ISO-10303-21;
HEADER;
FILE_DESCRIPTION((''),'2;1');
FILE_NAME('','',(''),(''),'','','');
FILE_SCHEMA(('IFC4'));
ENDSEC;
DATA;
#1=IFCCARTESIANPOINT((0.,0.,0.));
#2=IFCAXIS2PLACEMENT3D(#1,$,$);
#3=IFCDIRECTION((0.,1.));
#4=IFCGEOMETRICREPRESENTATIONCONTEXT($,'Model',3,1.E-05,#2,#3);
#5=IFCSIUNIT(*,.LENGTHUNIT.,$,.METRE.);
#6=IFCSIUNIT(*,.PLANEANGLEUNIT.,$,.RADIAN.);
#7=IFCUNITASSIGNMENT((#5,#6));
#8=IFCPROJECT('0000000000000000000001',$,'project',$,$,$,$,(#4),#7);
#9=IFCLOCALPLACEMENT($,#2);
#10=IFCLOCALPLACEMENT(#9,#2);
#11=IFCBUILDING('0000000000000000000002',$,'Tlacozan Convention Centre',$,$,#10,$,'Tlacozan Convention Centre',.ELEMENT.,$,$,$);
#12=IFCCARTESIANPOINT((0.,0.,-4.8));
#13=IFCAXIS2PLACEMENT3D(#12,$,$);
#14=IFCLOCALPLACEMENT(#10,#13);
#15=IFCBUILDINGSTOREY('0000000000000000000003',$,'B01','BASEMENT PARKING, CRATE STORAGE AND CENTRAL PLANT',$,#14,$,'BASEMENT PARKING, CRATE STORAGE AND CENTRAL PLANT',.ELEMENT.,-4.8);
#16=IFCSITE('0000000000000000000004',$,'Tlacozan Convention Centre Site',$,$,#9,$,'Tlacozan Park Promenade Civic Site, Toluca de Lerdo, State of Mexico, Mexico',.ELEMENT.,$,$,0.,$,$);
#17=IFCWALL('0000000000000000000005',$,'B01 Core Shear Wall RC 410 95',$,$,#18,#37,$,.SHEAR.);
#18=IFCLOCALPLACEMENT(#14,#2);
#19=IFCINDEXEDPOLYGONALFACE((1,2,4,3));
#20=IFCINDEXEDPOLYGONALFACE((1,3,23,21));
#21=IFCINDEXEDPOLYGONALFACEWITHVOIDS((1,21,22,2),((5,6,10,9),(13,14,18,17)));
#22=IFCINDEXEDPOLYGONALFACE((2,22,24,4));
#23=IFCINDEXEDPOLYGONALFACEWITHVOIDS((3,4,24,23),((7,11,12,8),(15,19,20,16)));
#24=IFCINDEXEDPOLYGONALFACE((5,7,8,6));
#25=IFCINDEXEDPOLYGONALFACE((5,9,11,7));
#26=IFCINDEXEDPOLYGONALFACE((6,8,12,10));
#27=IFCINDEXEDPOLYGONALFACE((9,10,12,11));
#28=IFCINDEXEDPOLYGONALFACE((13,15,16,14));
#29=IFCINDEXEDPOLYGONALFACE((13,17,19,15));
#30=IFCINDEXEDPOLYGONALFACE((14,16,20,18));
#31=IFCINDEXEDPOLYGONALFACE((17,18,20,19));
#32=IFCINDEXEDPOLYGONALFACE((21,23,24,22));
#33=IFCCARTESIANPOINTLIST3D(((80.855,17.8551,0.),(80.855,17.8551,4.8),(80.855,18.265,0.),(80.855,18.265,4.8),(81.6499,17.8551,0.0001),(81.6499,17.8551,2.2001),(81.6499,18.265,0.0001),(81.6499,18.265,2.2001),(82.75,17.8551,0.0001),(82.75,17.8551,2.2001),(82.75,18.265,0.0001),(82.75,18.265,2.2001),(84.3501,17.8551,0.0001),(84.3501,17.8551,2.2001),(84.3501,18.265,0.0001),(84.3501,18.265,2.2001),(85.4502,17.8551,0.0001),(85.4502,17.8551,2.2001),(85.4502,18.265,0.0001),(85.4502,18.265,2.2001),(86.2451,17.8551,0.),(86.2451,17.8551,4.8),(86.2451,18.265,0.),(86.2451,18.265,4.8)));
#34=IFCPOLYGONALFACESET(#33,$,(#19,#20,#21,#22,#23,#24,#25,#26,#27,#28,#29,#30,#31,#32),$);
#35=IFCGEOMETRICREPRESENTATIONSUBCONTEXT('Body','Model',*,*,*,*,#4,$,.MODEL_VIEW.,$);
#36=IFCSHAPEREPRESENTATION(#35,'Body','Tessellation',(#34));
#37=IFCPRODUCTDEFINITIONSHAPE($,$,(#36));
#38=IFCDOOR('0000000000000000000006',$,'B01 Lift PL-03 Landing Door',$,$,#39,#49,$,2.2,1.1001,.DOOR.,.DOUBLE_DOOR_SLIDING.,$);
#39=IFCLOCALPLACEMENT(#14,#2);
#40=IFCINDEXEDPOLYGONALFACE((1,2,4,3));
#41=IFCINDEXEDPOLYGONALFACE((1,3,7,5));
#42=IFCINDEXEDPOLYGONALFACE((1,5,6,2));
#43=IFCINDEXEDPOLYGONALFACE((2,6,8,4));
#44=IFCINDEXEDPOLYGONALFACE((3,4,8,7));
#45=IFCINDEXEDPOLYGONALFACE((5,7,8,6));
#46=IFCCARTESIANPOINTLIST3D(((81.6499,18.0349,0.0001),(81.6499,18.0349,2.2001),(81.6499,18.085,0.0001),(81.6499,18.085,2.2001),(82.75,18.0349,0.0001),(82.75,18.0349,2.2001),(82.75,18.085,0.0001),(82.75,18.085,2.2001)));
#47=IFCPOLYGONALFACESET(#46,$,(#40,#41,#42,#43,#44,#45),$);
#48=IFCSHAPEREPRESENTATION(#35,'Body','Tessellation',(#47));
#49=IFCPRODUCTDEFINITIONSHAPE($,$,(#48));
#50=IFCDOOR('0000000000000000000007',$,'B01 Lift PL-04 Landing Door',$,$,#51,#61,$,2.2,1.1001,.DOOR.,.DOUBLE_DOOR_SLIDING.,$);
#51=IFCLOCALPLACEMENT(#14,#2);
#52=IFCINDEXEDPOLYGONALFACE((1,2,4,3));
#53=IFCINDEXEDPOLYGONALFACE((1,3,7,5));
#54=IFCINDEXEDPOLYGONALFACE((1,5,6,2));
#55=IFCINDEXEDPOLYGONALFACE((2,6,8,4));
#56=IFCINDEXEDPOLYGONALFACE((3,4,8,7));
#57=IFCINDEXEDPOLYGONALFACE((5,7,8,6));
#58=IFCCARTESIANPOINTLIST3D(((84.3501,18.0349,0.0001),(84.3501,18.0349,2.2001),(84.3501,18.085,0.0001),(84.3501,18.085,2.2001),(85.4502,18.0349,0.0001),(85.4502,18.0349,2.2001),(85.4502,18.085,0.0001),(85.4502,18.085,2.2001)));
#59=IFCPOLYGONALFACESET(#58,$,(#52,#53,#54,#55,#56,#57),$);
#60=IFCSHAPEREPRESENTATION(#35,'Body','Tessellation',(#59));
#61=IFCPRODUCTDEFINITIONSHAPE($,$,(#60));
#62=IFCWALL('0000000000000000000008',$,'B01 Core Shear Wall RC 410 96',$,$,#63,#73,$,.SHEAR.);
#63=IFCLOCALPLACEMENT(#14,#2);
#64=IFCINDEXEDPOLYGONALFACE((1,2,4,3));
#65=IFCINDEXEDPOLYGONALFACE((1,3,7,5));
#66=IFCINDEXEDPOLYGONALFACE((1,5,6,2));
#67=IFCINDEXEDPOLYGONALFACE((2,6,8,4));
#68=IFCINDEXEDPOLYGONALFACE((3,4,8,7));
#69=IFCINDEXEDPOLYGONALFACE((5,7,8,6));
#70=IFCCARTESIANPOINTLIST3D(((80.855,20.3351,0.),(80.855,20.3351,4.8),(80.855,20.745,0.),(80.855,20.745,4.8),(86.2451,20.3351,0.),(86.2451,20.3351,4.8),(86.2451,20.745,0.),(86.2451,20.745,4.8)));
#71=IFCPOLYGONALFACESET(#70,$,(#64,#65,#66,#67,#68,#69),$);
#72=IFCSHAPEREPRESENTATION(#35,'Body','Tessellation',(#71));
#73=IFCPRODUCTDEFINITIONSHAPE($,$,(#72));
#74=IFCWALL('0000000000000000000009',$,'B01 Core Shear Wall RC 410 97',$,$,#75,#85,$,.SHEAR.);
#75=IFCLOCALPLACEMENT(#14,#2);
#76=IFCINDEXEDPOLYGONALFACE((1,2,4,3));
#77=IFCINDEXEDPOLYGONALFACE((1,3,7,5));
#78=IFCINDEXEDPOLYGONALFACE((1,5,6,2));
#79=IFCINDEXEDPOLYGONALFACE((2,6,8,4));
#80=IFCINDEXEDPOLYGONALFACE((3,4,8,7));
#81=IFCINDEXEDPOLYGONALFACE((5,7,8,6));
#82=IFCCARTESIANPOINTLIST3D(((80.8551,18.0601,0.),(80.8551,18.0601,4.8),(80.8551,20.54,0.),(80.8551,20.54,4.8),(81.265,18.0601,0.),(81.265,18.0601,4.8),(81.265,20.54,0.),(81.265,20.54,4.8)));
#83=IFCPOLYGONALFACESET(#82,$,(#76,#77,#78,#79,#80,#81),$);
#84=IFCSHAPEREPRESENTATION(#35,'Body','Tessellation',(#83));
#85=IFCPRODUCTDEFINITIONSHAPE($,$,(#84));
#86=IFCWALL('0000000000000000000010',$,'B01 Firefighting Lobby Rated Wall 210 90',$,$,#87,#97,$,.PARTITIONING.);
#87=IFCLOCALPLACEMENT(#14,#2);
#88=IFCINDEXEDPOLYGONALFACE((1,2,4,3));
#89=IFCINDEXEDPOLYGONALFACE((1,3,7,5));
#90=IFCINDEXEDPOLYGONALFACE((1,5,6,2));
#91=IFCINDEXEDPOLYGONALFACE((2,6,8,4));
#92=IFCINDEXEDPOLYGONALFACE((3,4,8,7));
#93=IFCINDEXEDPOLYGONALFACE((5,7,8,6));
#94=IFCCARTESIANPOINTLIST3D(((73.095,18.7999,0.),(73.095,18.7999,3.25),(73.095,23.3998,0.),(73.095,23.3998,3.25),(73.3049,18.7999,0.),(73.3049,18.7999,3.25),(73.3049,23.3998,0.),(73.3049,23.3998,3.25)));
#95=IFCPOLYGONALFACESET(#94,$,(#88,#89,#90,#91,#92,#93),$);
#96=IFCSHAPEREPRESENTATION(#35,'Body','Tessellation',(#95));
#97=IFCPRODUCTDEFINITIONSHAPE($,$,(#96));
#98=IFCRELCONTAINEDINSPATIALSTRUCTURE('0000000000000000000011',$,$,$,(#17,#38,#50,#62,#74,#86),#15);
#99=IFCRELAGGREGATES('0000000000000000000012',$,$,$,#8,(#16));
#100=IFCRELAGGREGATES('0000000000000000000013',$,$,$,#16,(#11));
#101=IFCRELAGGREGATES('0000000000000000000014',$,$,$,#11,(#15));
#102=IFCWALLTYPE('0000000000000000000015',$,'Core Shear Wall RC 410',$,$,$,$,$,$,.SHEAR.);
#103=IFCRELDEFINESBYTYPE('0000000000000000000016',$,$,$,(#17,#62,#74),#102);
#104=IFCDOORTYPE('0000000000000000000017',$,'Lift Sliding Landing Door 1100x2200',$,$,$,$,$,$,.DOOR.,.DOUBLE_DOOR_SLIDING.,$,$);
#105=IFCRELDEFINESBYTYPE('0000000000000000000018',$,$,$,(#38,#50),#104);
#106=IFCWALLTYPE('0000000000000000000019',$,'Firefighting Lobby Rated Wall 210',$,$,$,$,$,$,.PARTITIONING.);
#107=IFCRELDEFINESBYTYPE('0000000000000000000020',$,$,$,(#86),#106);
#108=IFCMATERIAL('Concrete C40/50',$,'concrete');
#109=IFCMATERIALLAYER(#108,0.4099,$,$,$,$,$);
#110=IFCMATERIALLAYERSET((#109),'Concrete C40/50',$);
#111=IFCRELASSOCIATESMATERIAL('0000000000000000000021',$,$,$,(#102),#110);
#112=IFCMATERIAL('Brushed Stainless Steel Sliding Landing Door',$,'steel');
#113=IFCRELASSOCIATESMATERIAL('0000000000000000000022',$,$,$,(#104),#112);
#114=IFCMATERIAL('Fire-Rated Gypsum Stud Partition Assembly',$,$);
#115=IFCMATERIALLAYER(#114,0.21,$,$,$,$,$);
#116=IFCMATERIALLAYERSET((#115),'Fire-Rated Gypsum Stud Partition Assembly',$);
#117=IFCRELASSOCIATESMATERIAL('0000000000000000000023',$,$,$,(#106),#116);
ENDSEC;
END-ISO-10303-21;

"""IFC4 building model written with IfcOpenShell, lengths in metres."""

from ifc_helpers import new_model, si_unit, direction, frame, frame_2d, origin, place, context, subcontext, project, spatial, rectangle, extrude, material, layer, layer_set, type_object, element, fill, save


model = new_model("IFC4")

# Units and contexts
model_context = context("Model", 3, precision=1e-05, world=origin(), true_north=direction((0.0, 1.0)))
body_context = subcontext(model_context, "Body", "Model", "MODEL_VIEW")
ifc_project = project(units=[si_unit("LENGTHUNIT", "METRE"), si_unit("PLANEANGLEUNIT", "RADIAN")], contexts=[model_context])

# Site, building, storey
site_placement = place(None, origin())
site = spatial("IfcSite", under=ifc_project, at=site_placement, Name="Tlacozan Convention Centre Site", LongName="Tlacozan Park Promenade Civic Site, Toluca de Lerdo, State of Mexico, Mexico", CompositionType="ELEMENT", RefElevation=0.0)
building_placement = place(site_placement, origin())
building = spatial("IfcBuilding", under=site, at=building_placement, Name="Tlacozan Convention Centre", LongName="Tlacozan Convention Centre", CompositionType="ELEMENT")
storey_placement = place(building_placement, frame((0.0, 0.0, -4.8)))
storey = spatial("IfcBuildingStorey", under=building, at=storey_placement, Name="B01", Description="BASEMENT PARKING, CRATE STORAGE AND CENTRAL PLANT", LongName="BASEMENT PARKING, CRATE STORAGE AND CENTRAL PLANT", CompositionType="ELEMENT", Elevation=-4.8)

# Shared definitions
ifc_material_1 = material(Name="Concrete C40/50", Category="concrete")

# Wall, openings, doors
ifc_layer_1 = layer(ifc_material_1, 0.4099)
ifc_layer_set_1 = layer_set([ifc_layer_1], Name="Concrete C40/50")
wall_type_1 = type_object("IfcWallType", Name="Core Shear Wall RC 410", PredefinedType="SHEAR", material=ifc_layer_set_1)
wall_1_placement = place(storey_placement, frame((80.855, 18.0601, 0.0), z_axis=(0.0, 0.0, 1.0), x_axis=(1.0, 0.0, 0.0)))
wall_1 = element("IfcWall", 1, at=wall_1_placement, inside=storey, type_object=wall_type_1, Name="B01 Core Shear Wall RC 410 95", PredefinedType="SHEAR", context=body_context, shape_type="SweptSolid", body=[
    extrude(rectangle(XDim=5.3901, YDim=0.4099, at=frame_2d((2.6951, 0.0))), origin(), (0.0, 0.0, 1.0), 4.8),
])
opening_1_placement = place(wall_1_placement, frame((0.7949, 0.0, 0.0)))
opening_1 = element("IfcOpeningElement", 2, at=opening_1_placement, cuts=wall_1, PredefinedType="OPENING", context=body_context, shape_type="SweptSolid", body=[
    extrude(rectangle(XDim=1.1001, YDim=2.2, at=frame_2d((0.55, 1.1001))), frame((0.0, 0.2148, 0.0), z_axis=(0.0, -1.0, 0.0), x_axis=(1.0, 0.0, 0.0)), (0.0, 0.0, 1.0), 0.4299),
])
opening_2_placement = place(wall_1_placement, frame((3.4951, 0.0, 0.0)))
opening_2 = element("IfcOpeningElement", 3, at=opening_2_placement, cuts=wall_1, PredefinedType="OPENING", context=body_context, shape_type="SweptSolid", body=[
    extrude(rectangle(XDim=1.1001, YDim=2.2, at=frame_2d((0.55, 1.1001))), frame((0.0, 0.2148, 0.0), z_axis=(0.0, -1.0, 0.0), x_axis=(1.0, 0.0, 0.0)), (0.0, 0.0, 1.0), 0.4299),
])
ifc_material_2 = material(Name="Brushed Stainless Steel Sliding Landing Door", Category="steel")
door_type_1 = type_object("IfcDoorType", Name="Lift Sliding Landing Door 1100x2200", OperationType="DOUBLE_DOOR_SLIDING", PredefinedType="DOOR", material=ifc_material_2)
door_1_placement = place(opening_1_placement, origin())
door_1 = element("IfcDoor", 4, at=door_1_placement, inside=storey, type_object=door_type_1, Name="B01 Lift PL-03 Landing Door", OperationType="DOUBLE_DOOR_SLIDING", OverallHeight=2.2, OverallWidth=1.1001, PredefinedType="DOOR", context=body_context, shape_type="SweptSolid", body=[
    extrude(rectangle(XDim=1.1001, YDim=2.2, at=frame_2d((0.55, 1.1001))), frame((0.0, 0.0249, 0.0), z_axis=(0.0, -1.0, 0.0), x_axis=(1.0, 0.0, 0.0)), (0.0, 0.0, 1.0), 0.05),
])
fill(opening_1, door_1)
door_2_placement = place(opening_2_placement, origin())
door_2 = element("IfcDoor", 5, at=door_2_placement, inside=storey, type_object=door_type_1, Name="B01 Lift PL-04 Landing Door", OperationType="DOUBLE_DOOR_SLIDING", OverallHeight=2.2, OverallWidth=1.1001, PredefinedType="DOOR", context=body_context, shape_type="SweptSolid", body=[
    extrude(rectangle(XDim=1.1001, YDim=2.2, at=frame_2d((0.55, 1.1001))), frame((0.0, 0.0249, 0.0), z_axis=(0.0, -1.0, 0.0), x_axis=(1.0, 0.0, 0.0)), (0.0, 0.0, 1.0), 0.05),
])
fill(opening_2, door_2)

# Walls
wall_2_placement = place(storey_placement, frame((80.855, 20.54, 0.0), z_axis=(0.0, 0.0, 1.0), x_axis=(1.0, 0.0, 0.0)))
element("IfcWall", 6, at=wall_2_placement, inside=storey, type_object=wall_type_1, Name="B01 Core Shear Wall RC 410 96", PredefinedType="SHEAR", context=body_context, shape_type="SweptSolid", body=[
    extrude(rectangle(XDim=5.3901, YDim=0.4099, at=frame_2d((2.6951, 0.0))), origin(), (0.0, 0.0, 1.0), 4.8),
])
wall_3_placement = place(storey_placement, frame((81.0601, 18.0601, 0.0), z_axis=(0.0, 0.0, 1.0), x_axis=(0.0, 1.0, 0.0)))
element("IfcWall", 7, at=wall_3_placement, inside=storey, type_object=wall_type_1, Name="B01 Core Shear Wall RC 410 97", PredefinedType="SHEAR", context=body_context, shape_type="SweptSolid", body=[
    extrude(rectangle(XDim=2.48, YDim=0.4099, at=frame_2d((1.24, 0.0))), origin(), (0.0, 0.0, 1.0), 4.8),
])

# Shared definitions
ifc_material_3 = material(Name="Fire-Rated Gypsum Stud Partition Assembly")
ifc_layer_2 = layer(ifc_material_3, 0.21)
ifc_layer_set_2 = layer_set([ifc_layer_2], Name="Fire-Rated Gypsum Stud Partition Assembly")
wall_type_2 = type_object("IfcWallType", Name="Firefighting Lobby Rated Wall 210", PredefinedType="PARTITIONING", material=ifc_layer_set_2)

# Wall
wall_4_placement = place(storey_placement, frame((73.2, 18.8, 0.0), z_axis=(0.0, 0.0, 1.0), x_axis=(0.0, 1.0, 0.0)))
element("IfcWall", 8, at=wall_4_placement, inside=storey, type_object=wall_type_2, Name="B01 Firefighting Lobby Rated Wall 210 90", PredefinedType="PARTITIONING", context=body_context, shape_type="SweptSolid", body=[
    extrude(rectangle(XDim=4.5999, YDim=0.21, at=frame_2d((2.2998, 0.0))), origin(), (0.0, 0.0, 1.0), 3.25),
])

save(model, "model.ifc")
